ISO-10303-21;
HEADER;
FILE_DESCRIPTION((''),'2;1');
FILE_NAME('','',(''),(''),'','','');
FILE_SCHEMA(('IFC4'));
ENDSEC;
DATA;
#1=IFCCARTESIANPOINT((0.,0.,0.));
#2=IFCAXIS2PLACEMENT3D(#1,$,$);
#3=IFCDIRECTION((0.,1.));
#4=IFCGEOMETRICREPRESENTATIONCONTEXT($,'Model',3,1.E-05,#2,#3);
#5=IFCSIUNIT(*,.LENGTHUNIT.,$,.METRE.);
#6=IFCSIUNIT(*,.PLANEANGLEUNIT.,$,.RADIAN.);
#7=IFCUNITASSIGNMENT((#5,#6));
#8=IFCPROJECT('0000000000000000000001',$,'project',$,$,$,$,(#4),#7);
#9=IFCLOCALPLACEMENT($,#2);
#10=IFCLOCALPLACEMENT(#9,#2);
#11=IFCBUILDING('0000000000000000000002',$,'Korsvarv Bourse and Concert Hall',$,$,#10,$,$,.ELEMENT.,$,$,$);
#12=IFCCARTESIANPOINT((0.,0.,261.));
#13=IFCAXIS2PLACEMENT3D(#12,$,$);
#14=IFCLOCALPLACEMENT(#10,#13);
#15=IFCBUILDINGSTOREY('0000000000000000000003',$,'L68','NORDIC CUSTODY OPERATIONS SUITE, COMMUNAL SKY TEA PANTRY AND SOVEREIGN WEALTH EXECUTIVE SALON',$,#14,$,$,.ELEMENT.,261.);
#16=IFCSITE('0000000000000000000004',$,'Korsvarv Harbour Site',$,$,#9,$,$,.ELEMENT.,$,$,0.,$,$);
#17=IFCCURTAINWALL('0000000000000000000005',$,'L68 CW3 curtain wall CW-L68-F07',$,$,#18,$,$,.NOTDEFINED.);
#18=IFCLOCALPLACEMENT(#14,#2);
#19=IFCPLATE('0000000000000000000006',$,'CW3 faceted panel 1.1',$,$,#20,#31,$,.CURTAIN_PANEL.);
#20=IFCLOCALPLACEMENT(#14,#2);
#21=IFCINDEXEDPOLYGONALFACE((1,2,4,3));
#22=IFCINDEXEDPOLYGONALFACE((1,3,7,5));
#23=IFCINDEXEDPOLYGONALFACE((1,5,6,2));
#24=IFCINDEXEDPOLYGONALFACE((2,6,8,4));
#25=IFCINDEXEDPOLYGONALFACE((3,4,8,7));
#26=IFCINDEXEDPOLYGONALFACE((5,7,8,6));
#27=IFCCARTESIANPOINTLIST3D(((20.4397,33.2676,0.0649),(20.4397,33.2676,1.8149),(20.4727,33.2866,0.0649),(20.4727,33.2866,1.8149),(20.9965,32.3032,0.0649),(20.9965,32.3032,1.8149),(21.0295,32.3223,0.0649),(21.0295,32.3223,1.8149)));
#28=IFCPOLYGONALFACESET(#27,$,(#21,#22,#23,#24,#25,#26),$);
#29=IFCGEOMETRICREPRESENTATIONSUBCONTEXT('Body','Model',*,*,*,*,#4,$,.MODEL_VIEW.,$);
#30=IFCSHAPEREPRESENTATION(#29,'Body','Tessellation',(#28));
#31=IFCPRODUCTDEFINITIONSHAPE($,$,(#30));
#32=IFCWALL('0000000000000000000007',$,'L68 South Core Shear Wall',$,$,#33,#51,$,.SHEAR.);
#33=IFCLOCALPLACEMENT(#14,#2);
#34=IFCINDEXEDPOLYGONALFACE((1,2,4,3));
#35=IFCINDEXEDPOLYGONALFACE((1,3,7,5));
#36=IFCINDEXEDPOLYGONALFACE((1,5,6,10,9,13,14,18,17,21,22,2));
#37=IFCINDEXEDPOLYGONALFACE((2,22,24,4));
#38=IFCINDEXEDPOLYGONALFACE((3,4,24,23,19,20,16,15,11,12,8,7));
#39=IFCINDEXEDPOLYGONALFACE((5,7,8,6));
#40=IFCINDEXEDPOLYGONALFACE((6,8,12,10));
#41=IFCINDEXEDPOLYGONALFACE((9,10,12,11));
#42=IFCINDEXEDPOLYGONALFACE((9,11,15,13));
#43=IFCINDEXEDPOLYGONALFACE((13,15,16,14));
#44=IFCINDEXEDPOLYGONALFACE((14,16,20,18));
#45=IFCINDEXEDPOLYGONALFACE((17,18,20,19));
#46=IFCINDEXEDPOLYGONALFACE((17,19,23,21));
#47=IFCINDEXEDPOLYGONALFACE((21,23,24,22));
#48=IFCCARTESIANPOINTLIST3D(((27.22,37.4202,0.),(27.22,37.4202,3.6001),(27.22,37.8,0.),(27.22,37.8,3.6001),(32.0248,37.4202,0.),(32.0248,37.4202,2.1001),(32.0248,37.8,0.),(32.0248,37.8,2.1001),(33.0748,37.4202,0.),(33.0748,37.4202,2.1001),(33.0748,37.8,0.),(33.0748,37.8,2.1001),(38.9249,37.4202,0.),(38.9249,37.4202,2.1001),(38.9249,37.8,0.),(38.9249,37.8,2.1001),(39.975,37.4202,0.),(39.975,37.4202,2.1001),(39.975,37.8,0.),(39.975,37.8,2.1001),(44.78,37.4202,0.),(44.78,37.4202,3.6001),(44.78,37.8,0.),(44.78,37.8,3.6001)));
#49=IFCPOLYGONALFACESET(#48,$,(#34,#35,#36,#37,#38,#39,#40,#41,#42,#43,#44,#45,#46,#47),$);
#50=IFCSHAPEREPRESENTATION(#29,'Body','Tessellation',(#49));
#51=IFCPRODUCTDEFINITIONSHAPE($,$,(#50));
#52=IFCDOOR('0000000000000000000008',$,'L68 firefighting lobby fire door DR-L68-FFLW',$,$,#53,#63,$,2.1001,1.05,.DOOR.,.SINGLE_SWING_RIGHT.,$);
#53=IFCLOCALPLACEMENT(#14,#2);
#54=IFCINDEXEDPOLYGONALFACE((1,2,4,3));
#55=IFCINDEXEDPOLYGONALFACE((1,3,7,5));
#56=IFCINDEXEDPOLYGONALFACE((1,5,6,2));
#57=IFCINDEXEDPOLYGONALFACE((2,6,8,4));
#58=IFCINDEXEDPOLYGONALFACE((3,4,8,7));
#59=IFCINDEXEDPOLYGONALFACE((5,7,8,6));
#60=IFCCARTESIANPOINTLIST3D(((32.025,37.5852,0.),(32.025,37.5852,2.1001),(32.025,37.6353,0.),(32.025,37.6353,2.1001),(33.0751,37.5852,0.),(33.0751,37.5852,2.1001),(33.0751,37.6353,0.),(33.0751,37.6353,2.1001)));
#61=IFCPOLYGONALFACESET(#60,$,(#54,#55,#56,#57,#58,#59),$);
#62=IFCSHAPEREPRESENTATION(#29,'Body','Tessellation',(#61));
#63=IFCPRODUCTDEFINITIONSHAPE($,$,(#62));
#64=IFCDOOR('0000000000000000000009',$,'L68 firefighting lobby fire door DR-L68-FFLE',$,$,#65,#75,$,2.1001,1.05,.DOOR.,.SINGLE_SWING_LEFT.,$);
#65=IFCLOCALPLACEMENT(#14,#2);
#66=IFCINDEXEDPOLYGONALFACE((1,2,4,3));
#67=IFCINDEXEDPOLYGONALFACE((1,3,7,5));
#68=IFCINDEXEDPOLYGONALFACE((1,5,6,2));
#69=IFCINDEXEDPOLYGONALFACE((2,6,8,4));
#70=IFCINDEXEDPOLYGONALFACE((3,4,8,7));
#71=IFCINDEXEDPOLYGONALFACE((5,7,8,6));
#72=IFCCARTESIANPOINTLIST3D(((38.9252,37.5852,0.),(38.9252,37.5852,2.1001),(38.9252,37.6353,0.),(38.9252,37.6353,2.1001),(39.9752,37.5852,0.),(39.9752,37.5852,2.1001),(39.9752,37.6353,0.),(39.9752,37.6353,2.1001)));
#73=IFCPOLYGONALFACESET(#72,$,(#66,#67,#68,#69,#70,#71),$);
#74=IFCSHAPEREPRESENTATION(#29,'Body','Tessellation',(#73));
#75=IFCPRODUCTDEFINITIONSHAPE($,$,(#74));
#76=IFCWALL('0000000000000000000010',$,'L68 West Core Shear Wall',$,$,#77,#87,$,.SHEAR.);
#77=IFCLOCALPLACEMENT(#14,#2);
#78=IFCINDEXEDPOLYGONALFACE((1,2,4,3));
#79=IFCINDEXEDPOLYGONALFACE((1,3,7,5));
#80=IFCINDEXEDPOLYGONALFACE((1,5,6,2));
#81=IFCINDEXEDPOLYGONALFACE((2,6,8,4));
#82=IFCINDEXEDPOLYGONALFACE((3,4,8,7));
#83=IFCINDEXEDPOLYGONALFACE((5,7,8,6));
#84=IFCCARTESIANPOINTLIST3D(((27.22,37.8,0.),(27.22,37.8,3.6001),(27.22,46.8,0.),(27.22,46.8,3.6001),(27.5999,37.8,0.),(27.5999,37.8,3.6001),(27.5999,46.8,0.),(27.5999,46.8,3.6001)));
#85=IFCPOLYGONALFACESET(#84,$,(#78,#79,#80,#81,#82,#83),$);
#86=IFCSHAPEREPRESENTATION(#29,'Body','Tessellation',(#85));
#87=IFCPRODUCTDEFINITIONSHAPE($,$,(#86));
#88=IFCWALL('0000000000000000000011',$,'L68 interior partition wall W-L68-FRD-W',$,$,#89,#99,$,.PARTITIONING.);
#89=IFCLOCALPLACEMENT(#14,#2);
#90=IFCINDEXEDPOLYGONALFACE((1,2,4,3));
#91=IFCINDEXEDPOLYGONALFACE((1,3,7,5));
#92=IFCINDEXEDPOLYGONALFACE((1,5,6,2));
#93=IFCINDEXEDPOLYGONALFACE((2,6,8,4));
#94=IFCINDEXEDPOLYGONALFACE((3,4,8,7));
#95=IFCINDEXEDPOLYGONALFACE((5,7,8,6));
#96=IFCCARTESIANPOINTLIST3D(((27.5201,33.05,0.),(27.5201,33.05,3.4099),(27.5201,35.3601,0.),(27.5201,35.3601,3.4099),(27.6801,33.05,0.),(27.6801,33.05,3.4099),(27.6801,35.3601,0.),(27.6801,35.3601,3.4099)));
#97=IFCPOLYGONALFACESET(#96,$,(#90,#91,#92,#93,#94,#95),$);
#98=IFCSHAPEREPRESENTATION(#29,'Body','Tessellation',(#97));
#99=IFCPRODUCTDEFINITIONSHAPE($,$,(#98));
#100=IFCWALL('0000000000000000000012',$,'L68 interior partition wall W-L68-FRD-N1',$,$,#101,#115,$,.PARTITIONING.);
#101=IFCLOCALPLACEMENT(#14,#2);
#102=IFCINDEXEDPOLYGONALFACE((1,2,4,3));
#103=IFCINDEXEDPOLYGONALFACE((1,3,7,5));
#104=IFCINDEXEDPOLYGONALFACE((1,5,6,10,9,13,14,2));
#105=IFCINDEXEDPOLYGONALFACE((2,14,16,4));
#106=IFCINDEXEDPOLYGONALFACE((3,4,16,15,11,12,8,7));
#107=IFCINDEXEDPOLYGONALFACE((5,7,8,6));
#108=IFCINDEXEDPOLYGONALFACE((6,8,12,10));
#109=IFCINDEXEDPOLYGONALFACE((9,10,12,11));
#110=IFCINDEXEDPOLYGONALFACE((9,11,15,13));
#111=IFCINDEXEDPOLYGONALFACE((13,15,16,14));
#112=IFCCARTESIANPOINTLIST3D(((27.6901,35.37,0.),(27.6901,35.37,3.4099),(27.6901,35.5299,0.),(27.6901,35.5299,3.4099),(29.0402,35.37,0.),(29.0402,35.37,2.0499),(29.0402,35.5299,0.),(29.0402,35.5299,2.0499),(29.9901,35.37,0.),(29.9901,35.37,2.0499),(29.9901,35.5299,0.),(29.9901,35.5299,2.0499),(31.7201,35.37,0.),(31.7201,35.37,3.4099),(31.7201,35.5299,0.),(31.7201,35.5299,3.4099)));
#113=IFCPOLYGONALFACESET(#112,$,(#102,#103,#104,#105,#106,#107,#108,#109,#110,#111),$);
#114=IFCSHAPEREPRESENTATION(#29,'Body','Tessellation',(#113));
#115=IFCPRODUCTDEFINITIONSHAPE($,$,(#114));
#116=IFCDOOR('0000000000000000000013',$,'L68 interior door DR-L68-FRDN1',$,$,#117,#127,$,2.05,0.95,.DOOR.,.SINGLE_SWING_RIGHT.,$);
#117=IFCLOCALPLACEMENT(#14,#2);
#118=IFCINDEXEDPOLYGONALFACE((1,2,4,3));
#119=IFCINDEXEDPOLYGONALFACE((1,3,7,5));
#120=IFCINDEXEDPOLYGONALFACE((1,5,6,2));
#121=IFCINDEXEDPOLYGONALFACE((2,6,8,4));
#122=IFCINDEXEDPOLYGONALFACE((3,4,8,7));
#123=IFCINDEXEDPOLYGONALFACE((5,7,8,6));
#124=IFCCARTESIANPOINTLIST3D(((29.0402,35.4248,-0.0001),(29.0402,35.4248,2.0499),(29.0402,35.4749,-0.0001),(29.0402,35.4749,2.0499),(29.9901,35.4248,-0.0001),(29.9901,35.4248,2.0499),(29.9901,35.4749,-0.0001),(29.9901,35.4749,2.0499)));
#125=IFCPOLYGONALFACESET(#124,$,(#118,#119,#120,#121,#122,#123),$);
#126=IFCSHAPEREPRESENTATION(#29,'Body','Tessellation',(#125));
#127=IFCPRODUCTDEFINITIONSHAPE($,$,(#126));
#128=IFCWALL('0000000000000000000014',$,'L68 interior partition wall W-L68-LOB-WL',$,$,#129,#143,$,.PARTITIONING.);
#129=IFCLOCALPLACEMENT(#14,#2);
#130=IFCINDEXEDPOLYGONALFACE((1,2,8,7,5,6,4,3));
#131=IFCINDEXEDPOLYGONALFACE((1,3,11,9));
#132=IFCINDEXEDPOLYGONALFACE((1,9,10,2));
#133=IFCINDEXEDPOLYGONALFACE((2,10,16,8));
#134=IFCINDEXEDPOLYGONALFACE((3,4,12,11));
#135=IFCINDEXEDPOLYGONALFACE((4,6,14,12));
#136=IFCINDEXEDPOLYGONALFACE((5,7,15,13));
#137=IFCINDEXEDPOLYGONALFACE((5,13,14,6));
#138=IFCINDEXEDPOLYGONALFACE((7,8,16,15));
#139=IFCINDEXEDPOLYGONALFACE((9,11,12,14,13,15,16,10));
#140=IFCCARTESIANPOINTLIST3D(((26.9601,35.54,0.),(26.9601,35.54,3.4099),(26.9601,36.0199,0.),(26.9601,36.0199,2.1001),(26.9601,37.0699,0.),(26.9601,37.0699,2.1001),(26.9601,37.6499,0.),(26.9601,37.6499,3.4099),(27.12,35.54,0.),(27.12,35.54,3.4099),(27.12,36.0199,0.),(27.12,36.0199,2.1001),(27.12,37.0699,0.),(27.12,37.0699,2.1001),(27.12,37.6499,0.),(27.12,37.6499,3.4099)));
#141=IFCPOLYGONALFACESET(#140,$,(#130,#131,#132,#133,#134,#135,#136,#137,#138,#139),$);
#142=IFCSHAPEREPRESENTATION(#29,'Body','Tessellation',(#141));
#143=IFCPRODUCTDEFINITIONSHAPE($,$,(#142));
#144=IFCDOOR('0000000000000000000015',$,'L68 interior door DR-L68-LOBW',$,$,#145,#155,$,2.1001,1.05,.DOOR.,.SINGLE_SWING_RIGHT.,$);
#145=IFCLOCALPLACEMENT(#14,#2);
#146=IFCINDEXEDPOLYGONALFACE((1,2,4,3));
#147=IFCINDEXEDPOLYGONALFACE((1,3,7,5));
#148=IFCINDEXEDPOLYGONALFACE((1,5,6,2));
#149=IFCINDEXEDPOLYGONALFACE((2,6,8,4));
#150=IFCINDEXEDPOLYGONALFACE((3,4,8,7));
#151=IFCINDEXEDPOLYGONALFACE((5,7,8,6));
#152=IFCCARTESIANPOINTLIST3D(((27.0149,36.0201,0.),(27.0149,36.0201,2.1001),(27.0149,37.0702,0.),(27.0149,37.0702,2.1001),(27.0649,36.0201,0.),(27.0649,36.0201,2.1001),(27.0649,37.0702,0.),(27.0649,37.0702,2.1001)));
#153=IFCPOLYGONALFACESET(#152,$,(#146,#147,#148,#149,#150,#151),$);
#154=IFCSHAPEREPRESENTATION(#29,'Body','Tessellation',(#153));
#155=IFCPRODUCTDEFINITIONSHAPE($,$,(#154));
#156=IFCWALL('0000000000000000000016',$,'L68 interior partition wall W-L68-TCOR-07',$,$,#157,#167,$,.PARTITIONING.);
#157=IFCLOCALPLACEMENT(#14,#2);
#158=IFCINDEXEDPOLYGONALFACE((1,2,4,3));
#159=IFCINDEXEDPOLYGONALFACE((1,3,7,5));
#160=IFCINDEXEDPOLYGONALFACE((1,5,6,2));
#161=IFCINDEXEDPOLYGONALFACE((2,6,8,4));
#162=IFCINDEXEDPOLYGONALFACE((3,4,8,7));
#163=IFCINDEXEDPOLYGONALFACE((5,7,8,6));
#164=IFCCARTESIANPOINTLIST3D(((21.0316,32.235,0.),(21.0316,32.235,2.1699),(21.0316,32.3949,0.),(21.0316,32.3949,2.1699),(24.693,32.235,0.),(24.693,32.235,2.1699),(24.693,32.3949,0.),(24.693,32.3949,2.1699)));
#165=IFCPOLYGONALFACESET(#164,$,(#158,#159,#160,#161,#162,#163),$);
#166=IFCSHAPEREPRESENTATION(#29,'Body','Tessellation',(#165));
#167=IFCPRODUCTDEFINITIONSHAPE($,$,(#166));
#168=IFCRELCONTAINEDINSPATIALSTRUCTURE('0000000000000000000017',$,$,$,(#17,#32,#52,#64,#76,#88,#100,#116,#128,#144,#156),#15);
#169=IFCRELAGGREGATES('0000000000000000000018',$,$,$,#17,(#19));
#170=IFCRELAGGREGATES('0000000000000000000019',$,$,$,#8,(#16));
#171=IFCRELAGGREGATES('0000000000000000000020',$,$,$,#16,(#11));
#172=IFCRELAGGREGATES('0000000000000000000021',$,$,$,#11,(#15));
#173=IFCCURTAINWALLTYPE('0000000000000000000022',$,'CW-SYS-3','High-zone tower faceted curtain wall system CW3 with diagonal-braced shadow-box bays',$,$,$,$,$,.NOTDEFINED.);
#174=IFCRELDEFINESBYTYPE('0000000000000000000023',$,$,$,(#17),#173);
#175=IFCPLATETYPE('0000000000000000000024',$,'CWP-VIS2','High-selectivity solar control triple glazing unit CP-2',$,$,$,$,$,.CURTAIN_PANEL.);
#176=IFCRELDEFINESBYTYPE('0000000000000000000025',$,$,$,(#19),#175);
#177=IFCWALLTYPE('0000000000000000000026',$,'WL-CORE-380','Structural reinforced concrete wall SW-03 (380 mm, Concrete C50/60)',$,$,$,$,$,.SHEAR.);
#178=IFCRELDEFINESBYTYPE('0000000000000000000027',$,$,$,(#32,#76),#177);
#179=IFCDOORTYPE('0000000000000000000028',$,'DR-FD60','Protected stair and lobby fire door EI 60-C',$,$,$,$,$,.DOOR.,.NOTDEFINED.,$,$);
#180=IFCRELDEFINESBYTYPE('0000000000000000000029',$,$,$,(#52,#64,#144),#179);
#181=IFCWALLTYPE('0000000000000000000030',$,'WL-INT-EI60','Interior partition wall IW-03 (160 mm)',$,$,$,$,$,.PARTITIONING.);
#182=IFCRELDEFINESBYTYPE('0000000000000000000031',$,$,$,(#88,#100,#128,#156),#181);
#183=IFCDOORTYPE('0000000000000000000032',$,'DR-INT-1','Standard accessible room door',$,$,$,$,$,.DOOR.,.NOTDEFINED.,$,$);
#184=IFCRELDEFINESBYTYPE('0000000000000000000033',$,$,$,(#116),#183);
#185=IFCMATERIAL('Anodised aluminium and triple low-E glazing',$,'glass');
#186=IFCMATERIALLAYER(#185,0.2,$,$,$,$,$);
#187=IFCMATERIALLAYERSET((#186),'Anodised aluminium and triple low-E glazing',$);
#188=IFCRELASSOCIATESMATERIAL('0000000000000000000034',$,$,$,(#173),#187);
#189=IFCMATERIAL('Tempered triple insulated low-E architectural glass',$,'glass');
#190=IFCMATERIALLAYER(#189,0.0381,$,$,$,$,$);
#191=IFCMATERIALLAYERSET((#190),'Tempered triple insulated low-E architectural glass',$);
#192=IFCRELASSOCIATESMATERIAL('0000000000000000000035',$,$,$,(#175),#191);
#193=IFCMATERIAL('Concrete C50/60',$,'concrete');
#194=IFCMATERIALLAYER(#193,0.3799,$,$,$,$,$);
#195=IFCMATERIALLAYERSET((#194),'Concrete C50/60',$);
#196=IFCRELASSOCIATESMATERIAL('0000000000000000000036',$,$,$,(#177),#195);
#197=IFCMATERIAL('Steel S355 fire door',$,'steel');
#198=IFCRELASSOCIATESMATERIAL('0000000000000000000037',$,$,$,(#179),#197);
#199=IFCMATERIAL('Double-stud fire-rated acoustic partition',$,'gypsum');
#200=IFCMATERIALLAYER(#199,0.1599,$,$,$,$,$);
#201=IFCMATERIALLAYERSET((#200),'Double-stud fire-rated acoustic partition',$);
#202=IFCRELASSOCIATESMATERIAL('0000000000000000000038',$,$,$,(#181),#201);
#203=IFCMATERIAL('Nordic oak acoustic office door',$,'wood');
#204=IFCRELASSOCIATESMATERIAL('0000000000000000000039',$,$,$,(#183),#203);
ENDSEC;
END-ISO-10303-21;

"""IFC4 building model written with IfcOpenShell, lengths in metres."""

from ifc_helpers import new_model, si_unit, direction, frame, frame_2d, origin, origin_2d, place, context, subcontext, project, spatial, rectangle, extrude, source, transform, mapped, material, layer, layer_set, type_object, element, fill, aggregate, save


model = new_model("IFC4")

# Units and contexts
model_context = context("Model", 3, precision=1e-05, world=origin(), true_north=direction((0.0, 1.0)))
body_context = subcontext(model_context, "Body", "Model", "MODEL_VIEW")
ifc_project = project(units=[si_unit("LENGTHUNIT", "METRE"), si_unit("PLANEANGLEUNIT", "RADIAN")], contexts=[model_context])

# Site, building, storey
site_placement = place(None, origin())
site = spatial("IfcSite", under=ifc_project, at=site_placement, Name="Korsvarv Harbour Site", CompositionType="ELEMENT", RefElevation=0.0)
building_placement = place(site_placement, origin())
building = spatial("IfcBuilding", under=site, at=building_placement, Name="Korsvarv Bourse and Concert Hall", CompositionType="ELEMENT")
storey_placement = place(building_placement, frame((0.0, 0.0, 261.0)))
storey = spatial("IfcBuildingStorey", under=building, at=storey_placement, Name="L68", Description="NORDIC CUSTODY OPERATIONS SUITE, COMMUNAL SKY TEA PANTRY AND SOVEREIGN WEALTH EXECUTIVE SALON", CompositionType="ELEMENT", Elevation=261.0)

# Shared definitions
ifc_material_1 = material(Name="Concrete C50/60", Category="concrete")

# Curtain wall, plate
ifc_material_2 = material(Name="Anodised aluminium and triple low-E glazing", Category="glass")
ifc_layer_1 = layer(ifc_material_2, 0.2)
ifc_layer_set_1 = layer_set([ifc_layer_1], Name="Anodised aluminium and triple low-E glazing")
curtain_wall_type = type_object("IfcCurtainWallType", Name="CW-SYS-3", Description="High-zone tower faceted curtain wall system CW3 with diagonal-braced shadow-box bays", PredefinedType="NOTDEFINED", material=ifc_layer_set_1)
curtain_wall_placement = place(storey_placement, origin())
curtain_wall = element("IfcCurtainWall", 1, at=curtain_wall_placement, inside=storey, type_object=curtain_wall_type, Name="L68 CW3 curtain wall CW-L68-F07", PredefinedType="NOTDEFINED")
ifc_material_3 = material(Name="Tempered triple insulated low-E architectural glass", Category="glass")
ifc_layer_2 = layer(ifc_material_3, 0.0381)
ifc_layer_set_2 = layer_set([ifc_layer_2], Name="Tempered triple insulated low-E architectural glass")
plate_type = type_object("IfcPlateType", Name="CWP-VIS2", Description="High-selectivity solar control triple glazing unit CP-2", PredefinedType="CURTAIN_PANEL", material=ifc_layer_set_2)
shared_shape_1 = source(origin(), body_context, "Body", "SweptSolid", [
    extrude(rectangle(XDim=1.1135, YDim=0.0381, at=origin_2d()), origin(), (0.0, 0.0, 1.0), 1.75),
])
plate_placement = place(storey_placement, frame((20.7346, 32.7949, 0.0649), z_axis=(0.0, 0.0, 1.0), x_axis=(0.500004, -0.866023, 0.0)))
plate = element("IfcPlate", 2, at=plate_placement, type_object=plate_type, Name="CW3 faceted panel 1.1", PredefinedType="CURTAIN_PANEL", context=body_context, shape_type="MappedRepresentation", body=[
    mapped(shared_shape_1, transform((0.0, 0.0, 0.0), scale=1.0)),
])
aggregate(curtain_wall, [plate])

# Wall, openings, doors
ifc_layer_3 = layer(ifc_material_1, 0.3799)
ifc_layer_set_3 = layer_set([ifc_layer_3], Name="Concrete C50/60")
wall_type_1 = type_object("IfcWallType", Name="WL-CORE-380", Description="Structural reinforced concrete wall SW-03 (380 mm, Concrete C50/60)", PredefinedType="SHEAR", material=ifc_layer_set_3)
wall_1_placement = place(storey_placement, frame((27.22, 37.6101, 0.0), z_axis=(0.0, 0.0, 1.0), x_axis=(1.0, 0.0, 0.0)))
wall_1 = element("IfcWall", 3, at=wall_1_placement, inside=storey, type_object=wall_type_1, Name="L68 South Core Shear Wall", PredefinedType="SHEAR", context=body_context, shape_type="SweptSolid", body=[
    extrude(rectangle(XDim=17.5601, YDim=0.3799, at=frame_2d((8.78, 0.0))), origin(), (0.0, 0.0, 1.0), 3.6001),
])
opening_1_placement = place(wall_1_placement, frame((4.8049, 0.0, 0.0)))
opening_1 = element("IfcOpeningElement", 4, at=opening_1_placement, cuts=wall_1, PredefinedType="OPENING", context=body_context, shape_type="SweptSolid", body=[
    extrude(rectangle(XDim=1.05, YDim=2.1001, at=frame_2d((0.5249, 1.05))), frame((0.0, 0.2, 0.0), z_axis=(0.0, -1.0, 0.0), x_axis=(1.0, 0.0, 0.0)), (0.0, 0.0, 1.0), 0.3999),
])
opening_2_placement = place(wall_1_placement, frame((11.7051, 0.0, 0.0)))
opening_2 = element("IfcOpeningElement", 5, at=opening_2_placement, cuts=wall_1, PredefinedType="OPENING", context=body_context, shape_type="SweptSolid", body=[
    extrude(rectangle(XDim=1.05, YDim=2.1001, at=frame_2d((0.5249, 1.05))), frame((0.0, 0.2, 0.0), z_axis=(0.0, -1.0, 0.0), x_axis=(1.0, 0.0, 0.0)), (0.0, 0.0, 1.0), 0.3999),
])
ifc_material_4 = material(Name="Steel S355 fire door", Category="steel")
door_type_1 = type_object("IfcDoorType", Name="DR-FD60", Description="Protected stair and lobby fire door EI 60-C", OperationType="NOTDEFINED", PredefinedType="DOOR", material=ifc_material_4)
door_1_placement = place(opening_1_placement, frame((1.05, 0.0, 0.0), z_axis=(0.0, 0.0, 1.0), x_axis=(-1.0, 0.0, 0.0)))
door_1 = element("IfcDoor", 6, at=door_1_placement, inside=storey, type_object=door_type_1, Name="L68 firefighting lobby fire door DR-L68-FFLW", OperationType="SINGLE_SWING_RIGHT", OverallHeight=2.1001, OverallWidth=1.05, PredefinedType="DOOR", context=body_context, shape_type="SweptSolid", body=[
    extrude(rectangle(XDim=1.05, YDim=2.1001, at=frame_2d((0.5249, 1.05))), frame((0.0, 0.0249, 0.0), z_axis=(0.0, -1.0, 0.0), x_axis=(1.0, 0.0, 0.0)), (0.0, 0.0, 1.0), 0.05),
])
fill(opening_1, door_1)
door_2_placement = place(opening_2_placement, frame((1.05, 0.0, 0.0), z_axis=(0.0, 0.0, 1.0), x_axis=(-1.0, 0.0, 0.0)))
door_2 = element("IfcDoor", 7, at=door_2_placement, inside=storey, type_object=door_type_1, Name="L68 firefighting lobby fire door DR-L68-FFLE", OperationType="SINGLE_SWING_LEFT", OverallHeight=2.1001, OverallWidth=1.05, PredefinedType="DOOR", context=body_context, shape_type="SweptSolid", body=[
    extrude(rectangle(XDim=1.05, YDim=2.1001, at=frame_2d((0.5249, 1.05))), frame((0.0, 0.0249, 0.0), z_axis=(0.0, -1.0, 0.0), x_axis=(1.0, 0.0, 0.0)), (0.0, 0.0, 1.0), 0.05),
])
fill(opening_2, door_2)

# Walls
wall_2_placement = place(storey_placement, frame((27.4099, 37.8, 0.0), z_axis=(0.0, 0.0, 1.0), x_axis=(0.0, 1.0, 0.0)))
element("IfcWall", 8, at=wall_2_placement, inside=storey, type_object=wall_type_1, Name="L68 West Core Shear Wall", PredefinedType="SHEAR", context=body_context, shape_type="SweptSolid", body=[
    extrude(rectangle(XDim=9.0, YDim=0.3799, at=frame_2d((4.5, 0.0))), origin(), (0.0, 0.0, 1.0), 3.6001),
])
ifc_material_5 = material(Name="Double-stud fire-rated acoustic partition", Category="gypsum")
ifc_layer_4 = layer(ifc_material_5, 0.1599)
ifc_layer_set_4 = layer_set([ifc_layer_4], Name="Double-stud fire-rated acoustic partition")
wall_type_2 = type_object("IfcWallType", Name="WL-INT-EI60", Description="Interior partition wall IW-03 (160 mm)", PredefinedType="PARTITIONING", material=ifc_layer_set_4)
wall_3_placement = place(storey_placement, frame((27.6001, 33.05, 0.0), z_axis=(0.0, 0.0, 1.0), x_axis=(0.0, 1.0, 0.0)))
element("IfcWall", 9, at=wall_3_placement, inside=storey, type_object=wall_type_2, Name="L68 interior partition wall W-L68-FRD-W", PredefinedType="PARTITIONING", context=body_context, shape_type="SweptSolid", body=[
    extrude(rectangle(XDim=2.3101, YDim=0.1599, at=frame_2d((1.155, 0.0))), origin(), (0.0, 0.0, 1.0), 3.4099),
])

# Walls, openings, doors
wall_4_placement = place(storey_placement, frame((27.6899, 35.45, 0.0), z_axis=(0.0, 0.0, 1.0), x_axis=(1.0, 0.0, 0.0)))
wall_4 = element("IfcWall", 10, at=wall_4_placement, inside=storey, type_object=wall_type_2, Name="L68 interior partition wall W-L68-FRD-N1", PredefinedType="PARTITIONING", context=body_context, shape_type="SweptSolid", body=[
    extrude(rectangle(XDim=4.03, YDim=0.1599, at=frame_2d((2.0151, 0.0))), origin(), (0.0, 0.0, 1.0), 3.4099),
])
opening_3_placement = place(wall_4_placement, frame((1.3501, 0.0, 0.0)))
opening_3 = element("IfcOpeningElement", 11, at=opening_3_placement, cuts=wall_4, PredefinedType="OPENING", context=body_context, shape_type="SweptSolid", body=[
    extrude(rectangle(XDim=0.95, YDim=2.05, at=frame_2d((0.4751, 1.0249))), frame((0.0, 0.0898, 0.0), z_axis=(0.0, -1.0, 0.0), x_axis=(1.0, 0.0, 0.0)), (0.0, 0.0, 1.0), 0.1799),
])
ifc_material_6 = material(Name="Nordic oak acoustic office door", Category="wood")
door_type_2 = type_object("IfcDoorType", Name="DR-INT-1", Description="Standard accessible room door", OperationType="NOTDEFINED", PredefinedType="DOOR", material=ifc_material_6)
door_3_placement = place(opening_3_placement, origin())
door_3 = element("IfcDoor", 12, at=door_3_placement, inside=storey, type_object=door_type_2, Name="L68 interior door DR-L68-FRDN1", OperationType="SINGLE_SWING_RIGHT", OverallHeight=2.05, OverallWidth=0.95, PredefinedType="DOOR", context=body_context, shape_type="SweptSolid", body=[
    extrude(rectangle(XDim=0.95, YDim=2.05, at=frame_2d((0.4751, 1.0249))), frame((0.0, 0.0249, 0.0), z_axis=(0.0, -1.0, 0.0), x_axis=(1.0, 0.0, 0.0)), (0.0, 0.0, 1.0), 0.05),
])
fill(opening_3, door_3)
wall_5_placement = place(storey_placement, frame((27.04, 35.54, 0.0), z_axis=(0.0, 0.0, 1.0), x_axis=(0.0, 1.0, 0.0)))
wall_5 = element("IfcWall", 13, at=wall_5_placement, inside=storey, type_object=wall_type_2, Name="L68 interior partition wall W-L68-LOB-WL", PredefinedType="PARTITIONING", context=body_context, shape_type="SweptSolid", body=[
    extrude(rectangle(XDim=2.1099, YDim=0.1599, at=frame_2d((1.0549, 0.0))), origin(), (0.0, 0.0, 1.0), 3.4099),
])
opening_4_placement = place(wall_5_placement, frame((0.48, 0.0, 0.0)))
opening_4 = element("IfcOpeningElement", 14, at=opening_4_placement, cuts=wall_5, PredefinedType="OPENING", context=body_context, shape_type="SweptSolid", body=[
    extrude(rectangle(XDim=1.05, YDim=2.1001, at=frame_2d((0.5249, 1.05))), frame((0.0, 0.0898, 0.0), z_axis=(0.0, -1.0, 0.0), x_axis=(1.0, 0.0, 0.0)), (0.0, 0.0, 1.0), 0.1799),
])
door_4_placement = place(opening_4_placement, frame((1.05, 0.0, 0.0), z_axis=(0.0, 0.0, 1.0), x_axis=(-1.0, 0.0, 0.0)))
door_4 = element("IfcDoor", 15, at=door_4_placement, inside=storey, type_object=door_type_1, Name="L68 interior door DR-L68-LOBW", OperationType="SINGLE_SWING_RIGHT", OverallHeight=2.1001, OverallWidth=1.05, PredefinedType="DOOR", context=body_context, shape_type="SweptSolid", body=[
    extrude(rectangle(XDim=1.05, YDim=2.1001, at=frame_2d((0.5249, 1.05))), frame((0.0, 0.0249, 0.0), z_axis=(0.0, -1.0, 0.0), x_axis=(1.0, 0.0, 0.0)), (0.0, 0.0, 1.0), 0.05),
])
fill(opening_4, door_4)

# Wall
wall_6_placement = place(storey_placement, frame((21.0317, 32.3149, 0.0), z_axis=(0.0, 0.0, 1.0), x_axis=(1.0, 0.0, 0.0)))
element("IfcWall", 16, at=wall_6_placement, inside=storey, type_object=wall_type_2, Name="L68 interior partition wall W-L68-TCOR-07", PredefinedType="PARTITIONING", context=body_context, shape_type="SweptSolid", body=[
    extrude(rectangle(XDim=3.6614, YDim=0.1599, at=frame_2d((1.8306, 0.0))), origin(), (0.0, 0.0, 1.0), 2.1699),
])

save(model, "model.ifc")
